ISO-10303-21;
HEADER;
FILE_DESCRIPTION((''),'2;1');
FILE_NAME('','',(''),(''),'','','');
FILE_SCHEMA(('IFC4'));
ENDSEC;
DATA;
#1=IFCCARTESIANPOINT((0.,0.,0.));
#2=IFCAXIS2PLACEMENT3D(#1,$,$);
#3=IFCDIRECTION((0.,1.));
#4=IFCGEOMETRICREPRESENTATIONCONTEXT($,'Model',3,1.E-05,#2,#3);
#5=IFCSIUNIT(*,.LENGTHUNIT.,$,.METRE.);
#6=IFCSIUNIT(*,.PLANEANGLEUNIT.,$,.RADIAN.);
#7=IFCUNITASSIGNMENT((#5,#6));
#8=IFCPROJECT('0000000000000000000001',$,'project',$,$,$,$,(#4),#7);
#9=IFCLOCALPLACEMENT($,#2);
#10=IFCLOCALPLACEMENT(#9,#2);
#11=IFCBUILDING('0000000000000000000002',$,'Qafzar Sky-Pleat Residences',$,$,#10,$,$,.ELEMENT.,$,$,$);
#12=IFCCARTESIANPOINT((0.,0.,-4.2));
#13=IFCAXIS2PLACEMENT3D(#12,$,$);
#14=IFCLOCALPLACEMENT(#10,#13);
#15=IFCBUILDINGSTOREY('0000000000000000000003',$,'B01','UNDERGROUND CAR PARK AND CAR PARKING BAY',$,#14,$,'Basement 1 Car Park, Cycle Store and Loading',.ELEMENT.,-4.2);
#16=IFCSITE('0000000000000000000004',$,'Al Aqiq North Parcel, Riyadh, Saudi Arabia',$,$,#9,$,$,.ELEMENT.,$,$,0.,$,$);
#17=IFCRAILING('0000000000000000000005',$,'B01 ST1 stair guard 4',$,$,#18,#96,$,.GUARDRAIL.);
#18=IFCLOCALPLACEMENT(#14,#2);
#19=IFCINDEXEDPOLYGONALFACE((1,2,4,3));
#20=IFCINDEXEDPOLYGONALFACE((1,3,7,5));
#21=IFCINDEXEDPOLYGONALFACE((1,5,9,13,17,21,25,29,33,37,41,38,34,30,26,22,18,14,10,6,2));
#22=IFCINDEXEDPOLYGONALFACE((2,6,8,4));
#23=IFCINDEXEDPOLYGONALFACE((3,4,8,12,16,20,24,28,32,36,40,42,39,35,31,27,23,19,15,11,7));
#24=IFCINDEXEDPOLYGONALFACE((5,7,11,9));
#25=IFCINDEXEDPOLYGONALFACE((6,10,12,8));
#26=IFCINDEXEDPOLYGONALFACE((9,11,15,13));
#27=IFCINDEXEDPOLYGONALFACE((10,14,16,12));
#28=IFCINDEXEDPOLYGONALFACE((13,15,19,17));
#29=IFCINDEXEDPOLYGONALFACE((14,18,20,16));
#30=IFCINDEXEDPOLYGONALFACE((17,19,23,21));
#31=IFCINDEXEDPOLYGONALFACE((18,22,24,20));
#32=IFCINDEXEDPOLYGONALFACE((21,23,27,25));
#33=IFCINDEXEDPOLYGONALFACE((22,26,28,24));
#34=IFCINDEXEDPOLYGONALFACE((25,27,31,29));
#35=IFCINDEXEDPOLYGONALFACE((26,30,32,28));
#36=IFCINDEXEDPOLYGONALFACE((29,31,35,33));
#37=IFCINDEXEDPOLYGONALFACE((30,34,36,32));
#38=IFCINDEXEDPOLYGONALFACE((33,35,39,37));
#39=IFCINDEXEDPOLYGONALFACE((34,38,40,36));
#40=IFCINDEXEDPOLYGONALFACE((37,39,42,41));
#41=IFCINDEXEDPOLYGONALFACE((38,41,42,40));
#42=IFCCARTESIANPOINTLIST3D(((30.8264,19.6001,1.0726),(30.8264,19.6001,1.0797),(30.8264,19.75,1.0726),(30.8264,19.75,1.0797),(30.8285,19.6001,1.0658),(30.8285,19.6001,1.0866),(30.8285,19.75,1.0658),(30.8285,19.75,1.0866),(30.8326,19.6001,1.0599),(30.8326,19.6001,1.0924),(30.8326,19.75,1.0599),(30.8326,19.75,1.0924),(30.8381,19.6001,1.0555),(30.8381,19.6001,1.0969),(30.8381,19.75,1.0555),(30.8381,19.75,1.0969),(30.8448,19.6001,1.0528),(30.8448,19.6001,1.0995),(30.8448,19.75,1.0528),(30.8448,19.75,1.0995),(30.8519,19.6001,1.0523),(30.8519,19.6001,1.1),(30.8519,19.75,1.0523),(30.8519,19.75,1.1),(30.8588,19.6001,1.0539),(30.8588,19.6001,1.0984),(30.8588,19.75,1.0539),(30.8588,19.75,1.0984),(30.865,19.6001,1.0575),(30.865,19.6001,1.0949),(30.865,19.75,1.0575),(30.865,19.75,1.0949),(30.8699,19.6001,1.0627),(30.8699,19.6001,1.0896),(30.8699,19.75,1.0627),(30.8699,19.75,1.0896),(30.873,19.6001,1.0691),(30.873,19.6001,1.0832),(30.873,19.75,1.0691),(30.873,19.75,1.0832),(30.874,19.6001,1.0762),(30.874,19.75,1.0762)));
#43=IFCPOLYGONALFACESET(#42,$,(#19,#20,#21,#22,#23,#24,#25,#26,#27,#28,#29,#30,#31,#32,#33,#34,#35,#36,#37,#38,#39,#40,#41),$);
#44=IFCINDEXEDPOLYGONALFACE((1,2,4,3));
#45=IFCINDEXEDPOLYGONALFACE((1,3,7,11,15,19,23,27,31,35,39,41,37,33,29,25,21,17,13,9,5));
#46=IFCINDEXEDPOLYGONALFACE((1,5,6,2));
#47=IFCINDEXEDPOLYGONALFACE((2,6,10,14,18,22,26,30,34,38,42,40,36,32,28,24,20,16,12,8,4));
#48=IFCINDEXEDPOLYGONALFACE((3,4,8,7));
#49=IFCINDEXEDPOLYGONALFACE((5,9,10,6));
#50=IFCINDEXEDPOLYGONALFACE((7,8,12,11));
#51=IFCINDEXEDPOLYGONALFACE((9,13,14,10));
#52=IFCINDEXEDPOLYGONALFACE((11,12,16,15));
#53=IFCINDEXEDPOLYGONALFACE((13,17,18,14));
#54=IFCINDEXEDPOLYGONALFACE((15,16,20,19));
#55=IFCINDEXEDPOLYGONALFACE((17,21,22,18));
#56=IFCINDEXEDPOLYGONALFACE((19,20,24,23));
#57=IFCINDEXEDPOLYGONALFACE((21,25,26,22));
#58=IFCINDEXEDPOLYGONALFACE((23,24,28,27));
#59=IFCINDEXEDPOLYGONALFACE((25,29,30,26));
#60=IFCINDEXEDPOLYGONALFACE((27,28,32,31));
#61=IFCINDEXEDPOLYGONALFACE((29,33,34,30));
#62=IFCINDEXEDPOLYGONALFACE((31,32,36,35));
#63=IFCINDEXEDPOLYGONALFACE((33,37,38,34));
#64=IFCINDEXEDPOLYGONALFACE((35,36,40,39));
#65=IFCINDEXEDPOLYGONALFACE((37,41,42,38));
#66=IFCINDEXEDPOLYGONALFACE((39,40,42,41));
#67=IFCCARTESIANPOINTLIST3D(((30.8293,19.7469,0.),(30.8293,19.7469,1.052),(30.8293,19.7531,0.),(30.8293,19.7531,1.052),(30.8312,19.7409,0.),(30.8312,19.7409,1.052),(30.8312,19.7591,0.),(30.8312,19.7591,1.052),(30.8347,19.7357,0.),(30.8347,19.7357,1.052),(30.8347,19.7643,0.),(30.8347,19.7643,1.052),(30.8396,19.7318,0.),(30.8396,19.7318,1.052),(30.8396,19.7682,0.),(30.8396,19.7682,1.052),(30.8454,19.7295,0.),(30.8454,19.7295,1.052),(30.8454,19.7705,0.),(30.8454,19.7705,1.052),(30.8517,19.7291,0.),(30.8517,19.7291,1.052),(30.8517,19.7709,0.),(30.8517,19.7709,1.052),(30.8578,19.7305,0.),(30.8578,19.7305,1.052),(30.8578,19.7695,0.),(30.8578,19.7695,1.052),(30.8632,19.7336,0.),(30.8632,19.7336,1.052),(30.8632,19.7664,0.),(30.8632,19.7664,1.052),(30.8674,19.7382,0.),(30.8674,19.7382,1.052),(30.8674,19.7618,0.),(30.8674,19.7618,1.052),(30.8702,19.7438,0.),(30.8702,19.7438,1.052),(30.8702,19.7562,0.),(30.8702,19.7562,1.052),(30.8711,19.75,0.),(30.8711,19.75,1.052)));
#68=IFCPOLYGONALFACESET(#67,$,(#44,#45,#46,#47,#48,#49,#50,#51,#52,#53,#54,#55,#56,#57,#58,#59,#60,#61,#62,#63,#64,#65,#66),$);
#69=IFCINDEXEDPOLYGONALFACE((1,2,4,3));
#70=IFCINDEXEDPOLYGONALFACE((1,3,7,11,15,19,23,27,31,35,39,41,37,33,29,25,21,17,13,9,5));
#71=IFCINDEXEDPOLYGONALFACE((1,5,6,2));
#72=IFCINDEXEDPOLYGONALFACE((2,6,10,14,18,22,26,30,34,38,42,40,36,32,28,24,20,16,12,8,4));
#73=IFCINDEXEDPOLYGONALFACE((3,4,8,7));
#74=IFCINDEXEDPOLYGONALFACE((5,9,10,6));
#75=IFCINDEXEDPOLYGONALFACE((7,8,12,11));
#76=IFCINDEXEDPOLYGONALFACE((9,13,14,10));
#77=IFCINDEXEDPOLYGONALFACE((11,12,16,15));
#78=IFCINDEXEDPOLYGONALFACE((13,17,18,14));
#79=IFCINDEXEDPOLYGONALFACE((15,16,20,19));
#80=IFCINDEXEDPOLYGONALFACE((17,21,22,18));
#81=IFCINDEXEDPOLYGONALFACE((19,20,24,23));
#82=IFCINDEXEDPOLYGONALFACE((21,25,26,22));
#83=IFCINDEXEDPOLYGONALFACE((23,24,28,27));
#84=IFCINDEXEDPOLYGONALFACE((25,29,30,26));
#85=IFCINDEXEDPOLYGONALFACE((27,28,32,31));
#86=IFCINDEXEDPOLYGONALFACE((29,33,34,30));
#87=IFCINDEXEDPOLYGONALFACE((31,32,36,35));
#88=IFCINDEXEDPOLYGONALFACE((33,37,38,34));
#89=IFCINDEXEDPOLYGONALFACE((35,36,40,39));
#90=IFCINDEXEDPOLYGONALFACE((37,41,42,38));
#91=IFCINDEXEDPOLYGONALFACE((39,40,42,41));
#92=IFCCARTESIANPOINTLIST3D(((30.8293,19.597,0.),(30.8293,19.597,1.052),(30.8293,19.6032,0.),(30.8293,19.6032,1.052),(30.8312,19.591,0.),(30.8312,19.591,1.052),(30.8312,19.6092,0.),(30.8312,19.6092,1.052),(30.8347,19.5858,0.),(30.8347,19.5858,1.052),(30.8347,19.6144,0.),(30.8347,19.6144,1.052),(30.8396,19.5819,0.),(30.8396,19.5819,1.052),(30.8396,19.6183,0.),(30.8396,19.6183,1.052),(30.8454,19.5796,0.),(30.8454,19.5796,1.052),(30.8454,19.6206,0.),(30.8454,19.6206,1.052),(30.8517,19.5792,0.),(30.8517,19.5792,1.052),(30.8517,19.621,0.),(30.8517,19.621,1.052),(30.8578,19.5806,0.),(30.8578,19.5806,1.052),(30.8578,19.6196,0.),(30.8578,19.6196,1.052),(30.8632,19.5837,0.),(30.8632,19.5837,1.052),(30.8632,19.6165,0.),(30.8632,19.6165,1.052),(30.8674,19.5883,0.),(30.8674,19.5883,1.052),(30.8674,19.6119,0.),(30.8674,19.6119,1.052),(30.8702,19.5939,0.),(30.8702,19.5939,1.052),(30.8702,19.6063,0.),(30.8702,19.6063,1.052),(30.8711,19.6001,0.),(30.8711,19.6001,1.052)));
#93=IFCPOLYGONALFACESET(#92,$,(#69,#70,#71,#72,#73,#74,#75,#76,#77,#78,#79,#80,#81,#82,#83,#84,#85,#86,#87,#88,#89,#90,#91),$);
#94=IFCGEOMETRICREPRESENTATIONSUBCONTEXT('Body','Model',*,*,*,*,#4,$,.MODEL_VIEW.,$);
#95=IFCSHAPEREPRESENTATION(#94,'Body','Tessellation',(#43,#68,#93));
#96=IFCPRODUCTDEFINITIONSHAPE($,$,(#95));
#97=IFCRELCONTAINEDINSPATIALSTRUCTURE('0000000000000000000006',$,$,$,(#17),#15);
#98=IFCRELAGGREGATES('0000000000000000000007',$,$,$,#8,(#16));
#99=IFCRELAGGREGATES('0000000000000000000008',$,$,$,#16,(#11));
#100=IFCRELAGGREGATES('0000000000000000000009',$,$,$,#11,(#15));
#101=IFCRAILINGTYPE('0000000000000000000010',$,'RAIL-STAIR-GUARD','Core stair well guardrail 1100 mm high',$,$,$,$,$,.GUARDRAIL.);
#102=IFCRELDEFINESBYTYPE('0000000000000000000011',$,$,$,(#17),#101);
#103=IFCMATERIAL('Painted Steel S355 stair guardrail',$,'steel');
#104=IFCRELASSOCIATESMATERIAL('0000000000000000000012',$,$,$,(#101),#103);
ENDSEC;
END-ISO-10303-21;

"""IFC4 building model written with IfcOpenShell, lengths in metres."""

from ifc_helpers import new_model, si_unit, direction, frame, origin, origin_2d, place, context, subcontext, project, spatial, circle, extrude, source, transform, mapped, material, type_object, element, save


model = new_model("IFC4")

# Units and contexts
model_context = context("Model", 3, precision=1e-05, world=origin(), true_north=direction((0.0, 1.0)))
body_context = subcontext(model_context, "Body", "Model", "MODEL_VIEW")
ifc_project = project(units=[si_unit("LENGTHUNIT", "METRE"), si_unit("PLANEANGLEUNIT", "RADIAN")], contexts=[model_context])

# Site, building, storey
site_placement = place(None, origin())
site = spatial("IfcSite", under=ifc_project, at=site_placement, Name="Al Aqiq North Parcel, Riyadh, Saudi Arabia", CompositionType="ELEMENT", RefElevation=0.0)
building_placement = place(site_placement, origin())
building = spatial("IfcBuilding", under=site, at=building_placement, Name="Qafzar Sky-Pleat Residences", CompositionType="ELEMENT")
storey_placement = place(building_placement, frame((0.0, 0.0, -4.2)))
storey = spatial("IfcBuildingStorey", under=building, at=storey_placement, Name="B01", Description="UNDERGROUND CAR PARK AND CAR PARKING BAY", LongName="Basement 1 Car Park, Cycle Store and Loading", CompositionType="ELEMENT", Elevation=-4.2)

# Railing
ifc_material_1 = material(Name="Painted Steel S355 stair guardrail", Category="steel")
railing_type_1 = type_object("IfcRailingType", Name="RAIL-STAIR-GUARD", Description="Core stair well guardrail 1100 mm high", PredefinedType="GUARDRAIL", material=ifc_material_1)
shared_shape_1 = source(origin(), body_context, "Body", "SweptSolid", [
    extrude(circle(Radius=0.0239, at=origin_2d()), frame((0.0, 0.0, 1.0762), z_axis=(0.0, -1.0, 0.0), x_axis=(1.0, 0.0, 0.0)), (0.0, 0.0, 1.0), 0.1499),
    extrude(circle(Radius=0.021, at=origin_2d()), origin(), (0.0, 0.0, 1.0), 1.052),
    extrude(circle(Radius=0.021, at=origin_2d()), frame((0.0, -0.1499, 0.0)), (0.0, 0.0, 1.0), 1.052),
])
for number, where, name in (
    (1, (30.8501, 19.75, 0.0), "B01 ST1 stair guard 4"),
):
    element("IfcRailing", number, at=place(storey_placement, frame(where)), inside=storey, type_object=railing_type_1, Name=name, PredefinedType="GUARDRAIL", context=body_context, shape_type="MappedRepresentation", body=[
        mapped(shared_shape_1, transform((0.0, 0.0, 0.0), x_axis=(1.0, 0.0, 0.0), y_axis=(0.0, 1.0, 0.0), z_axis=(0.0, 0.0, 1.0), scale=1.0)),
    ])

save(model, "model.ifc")
